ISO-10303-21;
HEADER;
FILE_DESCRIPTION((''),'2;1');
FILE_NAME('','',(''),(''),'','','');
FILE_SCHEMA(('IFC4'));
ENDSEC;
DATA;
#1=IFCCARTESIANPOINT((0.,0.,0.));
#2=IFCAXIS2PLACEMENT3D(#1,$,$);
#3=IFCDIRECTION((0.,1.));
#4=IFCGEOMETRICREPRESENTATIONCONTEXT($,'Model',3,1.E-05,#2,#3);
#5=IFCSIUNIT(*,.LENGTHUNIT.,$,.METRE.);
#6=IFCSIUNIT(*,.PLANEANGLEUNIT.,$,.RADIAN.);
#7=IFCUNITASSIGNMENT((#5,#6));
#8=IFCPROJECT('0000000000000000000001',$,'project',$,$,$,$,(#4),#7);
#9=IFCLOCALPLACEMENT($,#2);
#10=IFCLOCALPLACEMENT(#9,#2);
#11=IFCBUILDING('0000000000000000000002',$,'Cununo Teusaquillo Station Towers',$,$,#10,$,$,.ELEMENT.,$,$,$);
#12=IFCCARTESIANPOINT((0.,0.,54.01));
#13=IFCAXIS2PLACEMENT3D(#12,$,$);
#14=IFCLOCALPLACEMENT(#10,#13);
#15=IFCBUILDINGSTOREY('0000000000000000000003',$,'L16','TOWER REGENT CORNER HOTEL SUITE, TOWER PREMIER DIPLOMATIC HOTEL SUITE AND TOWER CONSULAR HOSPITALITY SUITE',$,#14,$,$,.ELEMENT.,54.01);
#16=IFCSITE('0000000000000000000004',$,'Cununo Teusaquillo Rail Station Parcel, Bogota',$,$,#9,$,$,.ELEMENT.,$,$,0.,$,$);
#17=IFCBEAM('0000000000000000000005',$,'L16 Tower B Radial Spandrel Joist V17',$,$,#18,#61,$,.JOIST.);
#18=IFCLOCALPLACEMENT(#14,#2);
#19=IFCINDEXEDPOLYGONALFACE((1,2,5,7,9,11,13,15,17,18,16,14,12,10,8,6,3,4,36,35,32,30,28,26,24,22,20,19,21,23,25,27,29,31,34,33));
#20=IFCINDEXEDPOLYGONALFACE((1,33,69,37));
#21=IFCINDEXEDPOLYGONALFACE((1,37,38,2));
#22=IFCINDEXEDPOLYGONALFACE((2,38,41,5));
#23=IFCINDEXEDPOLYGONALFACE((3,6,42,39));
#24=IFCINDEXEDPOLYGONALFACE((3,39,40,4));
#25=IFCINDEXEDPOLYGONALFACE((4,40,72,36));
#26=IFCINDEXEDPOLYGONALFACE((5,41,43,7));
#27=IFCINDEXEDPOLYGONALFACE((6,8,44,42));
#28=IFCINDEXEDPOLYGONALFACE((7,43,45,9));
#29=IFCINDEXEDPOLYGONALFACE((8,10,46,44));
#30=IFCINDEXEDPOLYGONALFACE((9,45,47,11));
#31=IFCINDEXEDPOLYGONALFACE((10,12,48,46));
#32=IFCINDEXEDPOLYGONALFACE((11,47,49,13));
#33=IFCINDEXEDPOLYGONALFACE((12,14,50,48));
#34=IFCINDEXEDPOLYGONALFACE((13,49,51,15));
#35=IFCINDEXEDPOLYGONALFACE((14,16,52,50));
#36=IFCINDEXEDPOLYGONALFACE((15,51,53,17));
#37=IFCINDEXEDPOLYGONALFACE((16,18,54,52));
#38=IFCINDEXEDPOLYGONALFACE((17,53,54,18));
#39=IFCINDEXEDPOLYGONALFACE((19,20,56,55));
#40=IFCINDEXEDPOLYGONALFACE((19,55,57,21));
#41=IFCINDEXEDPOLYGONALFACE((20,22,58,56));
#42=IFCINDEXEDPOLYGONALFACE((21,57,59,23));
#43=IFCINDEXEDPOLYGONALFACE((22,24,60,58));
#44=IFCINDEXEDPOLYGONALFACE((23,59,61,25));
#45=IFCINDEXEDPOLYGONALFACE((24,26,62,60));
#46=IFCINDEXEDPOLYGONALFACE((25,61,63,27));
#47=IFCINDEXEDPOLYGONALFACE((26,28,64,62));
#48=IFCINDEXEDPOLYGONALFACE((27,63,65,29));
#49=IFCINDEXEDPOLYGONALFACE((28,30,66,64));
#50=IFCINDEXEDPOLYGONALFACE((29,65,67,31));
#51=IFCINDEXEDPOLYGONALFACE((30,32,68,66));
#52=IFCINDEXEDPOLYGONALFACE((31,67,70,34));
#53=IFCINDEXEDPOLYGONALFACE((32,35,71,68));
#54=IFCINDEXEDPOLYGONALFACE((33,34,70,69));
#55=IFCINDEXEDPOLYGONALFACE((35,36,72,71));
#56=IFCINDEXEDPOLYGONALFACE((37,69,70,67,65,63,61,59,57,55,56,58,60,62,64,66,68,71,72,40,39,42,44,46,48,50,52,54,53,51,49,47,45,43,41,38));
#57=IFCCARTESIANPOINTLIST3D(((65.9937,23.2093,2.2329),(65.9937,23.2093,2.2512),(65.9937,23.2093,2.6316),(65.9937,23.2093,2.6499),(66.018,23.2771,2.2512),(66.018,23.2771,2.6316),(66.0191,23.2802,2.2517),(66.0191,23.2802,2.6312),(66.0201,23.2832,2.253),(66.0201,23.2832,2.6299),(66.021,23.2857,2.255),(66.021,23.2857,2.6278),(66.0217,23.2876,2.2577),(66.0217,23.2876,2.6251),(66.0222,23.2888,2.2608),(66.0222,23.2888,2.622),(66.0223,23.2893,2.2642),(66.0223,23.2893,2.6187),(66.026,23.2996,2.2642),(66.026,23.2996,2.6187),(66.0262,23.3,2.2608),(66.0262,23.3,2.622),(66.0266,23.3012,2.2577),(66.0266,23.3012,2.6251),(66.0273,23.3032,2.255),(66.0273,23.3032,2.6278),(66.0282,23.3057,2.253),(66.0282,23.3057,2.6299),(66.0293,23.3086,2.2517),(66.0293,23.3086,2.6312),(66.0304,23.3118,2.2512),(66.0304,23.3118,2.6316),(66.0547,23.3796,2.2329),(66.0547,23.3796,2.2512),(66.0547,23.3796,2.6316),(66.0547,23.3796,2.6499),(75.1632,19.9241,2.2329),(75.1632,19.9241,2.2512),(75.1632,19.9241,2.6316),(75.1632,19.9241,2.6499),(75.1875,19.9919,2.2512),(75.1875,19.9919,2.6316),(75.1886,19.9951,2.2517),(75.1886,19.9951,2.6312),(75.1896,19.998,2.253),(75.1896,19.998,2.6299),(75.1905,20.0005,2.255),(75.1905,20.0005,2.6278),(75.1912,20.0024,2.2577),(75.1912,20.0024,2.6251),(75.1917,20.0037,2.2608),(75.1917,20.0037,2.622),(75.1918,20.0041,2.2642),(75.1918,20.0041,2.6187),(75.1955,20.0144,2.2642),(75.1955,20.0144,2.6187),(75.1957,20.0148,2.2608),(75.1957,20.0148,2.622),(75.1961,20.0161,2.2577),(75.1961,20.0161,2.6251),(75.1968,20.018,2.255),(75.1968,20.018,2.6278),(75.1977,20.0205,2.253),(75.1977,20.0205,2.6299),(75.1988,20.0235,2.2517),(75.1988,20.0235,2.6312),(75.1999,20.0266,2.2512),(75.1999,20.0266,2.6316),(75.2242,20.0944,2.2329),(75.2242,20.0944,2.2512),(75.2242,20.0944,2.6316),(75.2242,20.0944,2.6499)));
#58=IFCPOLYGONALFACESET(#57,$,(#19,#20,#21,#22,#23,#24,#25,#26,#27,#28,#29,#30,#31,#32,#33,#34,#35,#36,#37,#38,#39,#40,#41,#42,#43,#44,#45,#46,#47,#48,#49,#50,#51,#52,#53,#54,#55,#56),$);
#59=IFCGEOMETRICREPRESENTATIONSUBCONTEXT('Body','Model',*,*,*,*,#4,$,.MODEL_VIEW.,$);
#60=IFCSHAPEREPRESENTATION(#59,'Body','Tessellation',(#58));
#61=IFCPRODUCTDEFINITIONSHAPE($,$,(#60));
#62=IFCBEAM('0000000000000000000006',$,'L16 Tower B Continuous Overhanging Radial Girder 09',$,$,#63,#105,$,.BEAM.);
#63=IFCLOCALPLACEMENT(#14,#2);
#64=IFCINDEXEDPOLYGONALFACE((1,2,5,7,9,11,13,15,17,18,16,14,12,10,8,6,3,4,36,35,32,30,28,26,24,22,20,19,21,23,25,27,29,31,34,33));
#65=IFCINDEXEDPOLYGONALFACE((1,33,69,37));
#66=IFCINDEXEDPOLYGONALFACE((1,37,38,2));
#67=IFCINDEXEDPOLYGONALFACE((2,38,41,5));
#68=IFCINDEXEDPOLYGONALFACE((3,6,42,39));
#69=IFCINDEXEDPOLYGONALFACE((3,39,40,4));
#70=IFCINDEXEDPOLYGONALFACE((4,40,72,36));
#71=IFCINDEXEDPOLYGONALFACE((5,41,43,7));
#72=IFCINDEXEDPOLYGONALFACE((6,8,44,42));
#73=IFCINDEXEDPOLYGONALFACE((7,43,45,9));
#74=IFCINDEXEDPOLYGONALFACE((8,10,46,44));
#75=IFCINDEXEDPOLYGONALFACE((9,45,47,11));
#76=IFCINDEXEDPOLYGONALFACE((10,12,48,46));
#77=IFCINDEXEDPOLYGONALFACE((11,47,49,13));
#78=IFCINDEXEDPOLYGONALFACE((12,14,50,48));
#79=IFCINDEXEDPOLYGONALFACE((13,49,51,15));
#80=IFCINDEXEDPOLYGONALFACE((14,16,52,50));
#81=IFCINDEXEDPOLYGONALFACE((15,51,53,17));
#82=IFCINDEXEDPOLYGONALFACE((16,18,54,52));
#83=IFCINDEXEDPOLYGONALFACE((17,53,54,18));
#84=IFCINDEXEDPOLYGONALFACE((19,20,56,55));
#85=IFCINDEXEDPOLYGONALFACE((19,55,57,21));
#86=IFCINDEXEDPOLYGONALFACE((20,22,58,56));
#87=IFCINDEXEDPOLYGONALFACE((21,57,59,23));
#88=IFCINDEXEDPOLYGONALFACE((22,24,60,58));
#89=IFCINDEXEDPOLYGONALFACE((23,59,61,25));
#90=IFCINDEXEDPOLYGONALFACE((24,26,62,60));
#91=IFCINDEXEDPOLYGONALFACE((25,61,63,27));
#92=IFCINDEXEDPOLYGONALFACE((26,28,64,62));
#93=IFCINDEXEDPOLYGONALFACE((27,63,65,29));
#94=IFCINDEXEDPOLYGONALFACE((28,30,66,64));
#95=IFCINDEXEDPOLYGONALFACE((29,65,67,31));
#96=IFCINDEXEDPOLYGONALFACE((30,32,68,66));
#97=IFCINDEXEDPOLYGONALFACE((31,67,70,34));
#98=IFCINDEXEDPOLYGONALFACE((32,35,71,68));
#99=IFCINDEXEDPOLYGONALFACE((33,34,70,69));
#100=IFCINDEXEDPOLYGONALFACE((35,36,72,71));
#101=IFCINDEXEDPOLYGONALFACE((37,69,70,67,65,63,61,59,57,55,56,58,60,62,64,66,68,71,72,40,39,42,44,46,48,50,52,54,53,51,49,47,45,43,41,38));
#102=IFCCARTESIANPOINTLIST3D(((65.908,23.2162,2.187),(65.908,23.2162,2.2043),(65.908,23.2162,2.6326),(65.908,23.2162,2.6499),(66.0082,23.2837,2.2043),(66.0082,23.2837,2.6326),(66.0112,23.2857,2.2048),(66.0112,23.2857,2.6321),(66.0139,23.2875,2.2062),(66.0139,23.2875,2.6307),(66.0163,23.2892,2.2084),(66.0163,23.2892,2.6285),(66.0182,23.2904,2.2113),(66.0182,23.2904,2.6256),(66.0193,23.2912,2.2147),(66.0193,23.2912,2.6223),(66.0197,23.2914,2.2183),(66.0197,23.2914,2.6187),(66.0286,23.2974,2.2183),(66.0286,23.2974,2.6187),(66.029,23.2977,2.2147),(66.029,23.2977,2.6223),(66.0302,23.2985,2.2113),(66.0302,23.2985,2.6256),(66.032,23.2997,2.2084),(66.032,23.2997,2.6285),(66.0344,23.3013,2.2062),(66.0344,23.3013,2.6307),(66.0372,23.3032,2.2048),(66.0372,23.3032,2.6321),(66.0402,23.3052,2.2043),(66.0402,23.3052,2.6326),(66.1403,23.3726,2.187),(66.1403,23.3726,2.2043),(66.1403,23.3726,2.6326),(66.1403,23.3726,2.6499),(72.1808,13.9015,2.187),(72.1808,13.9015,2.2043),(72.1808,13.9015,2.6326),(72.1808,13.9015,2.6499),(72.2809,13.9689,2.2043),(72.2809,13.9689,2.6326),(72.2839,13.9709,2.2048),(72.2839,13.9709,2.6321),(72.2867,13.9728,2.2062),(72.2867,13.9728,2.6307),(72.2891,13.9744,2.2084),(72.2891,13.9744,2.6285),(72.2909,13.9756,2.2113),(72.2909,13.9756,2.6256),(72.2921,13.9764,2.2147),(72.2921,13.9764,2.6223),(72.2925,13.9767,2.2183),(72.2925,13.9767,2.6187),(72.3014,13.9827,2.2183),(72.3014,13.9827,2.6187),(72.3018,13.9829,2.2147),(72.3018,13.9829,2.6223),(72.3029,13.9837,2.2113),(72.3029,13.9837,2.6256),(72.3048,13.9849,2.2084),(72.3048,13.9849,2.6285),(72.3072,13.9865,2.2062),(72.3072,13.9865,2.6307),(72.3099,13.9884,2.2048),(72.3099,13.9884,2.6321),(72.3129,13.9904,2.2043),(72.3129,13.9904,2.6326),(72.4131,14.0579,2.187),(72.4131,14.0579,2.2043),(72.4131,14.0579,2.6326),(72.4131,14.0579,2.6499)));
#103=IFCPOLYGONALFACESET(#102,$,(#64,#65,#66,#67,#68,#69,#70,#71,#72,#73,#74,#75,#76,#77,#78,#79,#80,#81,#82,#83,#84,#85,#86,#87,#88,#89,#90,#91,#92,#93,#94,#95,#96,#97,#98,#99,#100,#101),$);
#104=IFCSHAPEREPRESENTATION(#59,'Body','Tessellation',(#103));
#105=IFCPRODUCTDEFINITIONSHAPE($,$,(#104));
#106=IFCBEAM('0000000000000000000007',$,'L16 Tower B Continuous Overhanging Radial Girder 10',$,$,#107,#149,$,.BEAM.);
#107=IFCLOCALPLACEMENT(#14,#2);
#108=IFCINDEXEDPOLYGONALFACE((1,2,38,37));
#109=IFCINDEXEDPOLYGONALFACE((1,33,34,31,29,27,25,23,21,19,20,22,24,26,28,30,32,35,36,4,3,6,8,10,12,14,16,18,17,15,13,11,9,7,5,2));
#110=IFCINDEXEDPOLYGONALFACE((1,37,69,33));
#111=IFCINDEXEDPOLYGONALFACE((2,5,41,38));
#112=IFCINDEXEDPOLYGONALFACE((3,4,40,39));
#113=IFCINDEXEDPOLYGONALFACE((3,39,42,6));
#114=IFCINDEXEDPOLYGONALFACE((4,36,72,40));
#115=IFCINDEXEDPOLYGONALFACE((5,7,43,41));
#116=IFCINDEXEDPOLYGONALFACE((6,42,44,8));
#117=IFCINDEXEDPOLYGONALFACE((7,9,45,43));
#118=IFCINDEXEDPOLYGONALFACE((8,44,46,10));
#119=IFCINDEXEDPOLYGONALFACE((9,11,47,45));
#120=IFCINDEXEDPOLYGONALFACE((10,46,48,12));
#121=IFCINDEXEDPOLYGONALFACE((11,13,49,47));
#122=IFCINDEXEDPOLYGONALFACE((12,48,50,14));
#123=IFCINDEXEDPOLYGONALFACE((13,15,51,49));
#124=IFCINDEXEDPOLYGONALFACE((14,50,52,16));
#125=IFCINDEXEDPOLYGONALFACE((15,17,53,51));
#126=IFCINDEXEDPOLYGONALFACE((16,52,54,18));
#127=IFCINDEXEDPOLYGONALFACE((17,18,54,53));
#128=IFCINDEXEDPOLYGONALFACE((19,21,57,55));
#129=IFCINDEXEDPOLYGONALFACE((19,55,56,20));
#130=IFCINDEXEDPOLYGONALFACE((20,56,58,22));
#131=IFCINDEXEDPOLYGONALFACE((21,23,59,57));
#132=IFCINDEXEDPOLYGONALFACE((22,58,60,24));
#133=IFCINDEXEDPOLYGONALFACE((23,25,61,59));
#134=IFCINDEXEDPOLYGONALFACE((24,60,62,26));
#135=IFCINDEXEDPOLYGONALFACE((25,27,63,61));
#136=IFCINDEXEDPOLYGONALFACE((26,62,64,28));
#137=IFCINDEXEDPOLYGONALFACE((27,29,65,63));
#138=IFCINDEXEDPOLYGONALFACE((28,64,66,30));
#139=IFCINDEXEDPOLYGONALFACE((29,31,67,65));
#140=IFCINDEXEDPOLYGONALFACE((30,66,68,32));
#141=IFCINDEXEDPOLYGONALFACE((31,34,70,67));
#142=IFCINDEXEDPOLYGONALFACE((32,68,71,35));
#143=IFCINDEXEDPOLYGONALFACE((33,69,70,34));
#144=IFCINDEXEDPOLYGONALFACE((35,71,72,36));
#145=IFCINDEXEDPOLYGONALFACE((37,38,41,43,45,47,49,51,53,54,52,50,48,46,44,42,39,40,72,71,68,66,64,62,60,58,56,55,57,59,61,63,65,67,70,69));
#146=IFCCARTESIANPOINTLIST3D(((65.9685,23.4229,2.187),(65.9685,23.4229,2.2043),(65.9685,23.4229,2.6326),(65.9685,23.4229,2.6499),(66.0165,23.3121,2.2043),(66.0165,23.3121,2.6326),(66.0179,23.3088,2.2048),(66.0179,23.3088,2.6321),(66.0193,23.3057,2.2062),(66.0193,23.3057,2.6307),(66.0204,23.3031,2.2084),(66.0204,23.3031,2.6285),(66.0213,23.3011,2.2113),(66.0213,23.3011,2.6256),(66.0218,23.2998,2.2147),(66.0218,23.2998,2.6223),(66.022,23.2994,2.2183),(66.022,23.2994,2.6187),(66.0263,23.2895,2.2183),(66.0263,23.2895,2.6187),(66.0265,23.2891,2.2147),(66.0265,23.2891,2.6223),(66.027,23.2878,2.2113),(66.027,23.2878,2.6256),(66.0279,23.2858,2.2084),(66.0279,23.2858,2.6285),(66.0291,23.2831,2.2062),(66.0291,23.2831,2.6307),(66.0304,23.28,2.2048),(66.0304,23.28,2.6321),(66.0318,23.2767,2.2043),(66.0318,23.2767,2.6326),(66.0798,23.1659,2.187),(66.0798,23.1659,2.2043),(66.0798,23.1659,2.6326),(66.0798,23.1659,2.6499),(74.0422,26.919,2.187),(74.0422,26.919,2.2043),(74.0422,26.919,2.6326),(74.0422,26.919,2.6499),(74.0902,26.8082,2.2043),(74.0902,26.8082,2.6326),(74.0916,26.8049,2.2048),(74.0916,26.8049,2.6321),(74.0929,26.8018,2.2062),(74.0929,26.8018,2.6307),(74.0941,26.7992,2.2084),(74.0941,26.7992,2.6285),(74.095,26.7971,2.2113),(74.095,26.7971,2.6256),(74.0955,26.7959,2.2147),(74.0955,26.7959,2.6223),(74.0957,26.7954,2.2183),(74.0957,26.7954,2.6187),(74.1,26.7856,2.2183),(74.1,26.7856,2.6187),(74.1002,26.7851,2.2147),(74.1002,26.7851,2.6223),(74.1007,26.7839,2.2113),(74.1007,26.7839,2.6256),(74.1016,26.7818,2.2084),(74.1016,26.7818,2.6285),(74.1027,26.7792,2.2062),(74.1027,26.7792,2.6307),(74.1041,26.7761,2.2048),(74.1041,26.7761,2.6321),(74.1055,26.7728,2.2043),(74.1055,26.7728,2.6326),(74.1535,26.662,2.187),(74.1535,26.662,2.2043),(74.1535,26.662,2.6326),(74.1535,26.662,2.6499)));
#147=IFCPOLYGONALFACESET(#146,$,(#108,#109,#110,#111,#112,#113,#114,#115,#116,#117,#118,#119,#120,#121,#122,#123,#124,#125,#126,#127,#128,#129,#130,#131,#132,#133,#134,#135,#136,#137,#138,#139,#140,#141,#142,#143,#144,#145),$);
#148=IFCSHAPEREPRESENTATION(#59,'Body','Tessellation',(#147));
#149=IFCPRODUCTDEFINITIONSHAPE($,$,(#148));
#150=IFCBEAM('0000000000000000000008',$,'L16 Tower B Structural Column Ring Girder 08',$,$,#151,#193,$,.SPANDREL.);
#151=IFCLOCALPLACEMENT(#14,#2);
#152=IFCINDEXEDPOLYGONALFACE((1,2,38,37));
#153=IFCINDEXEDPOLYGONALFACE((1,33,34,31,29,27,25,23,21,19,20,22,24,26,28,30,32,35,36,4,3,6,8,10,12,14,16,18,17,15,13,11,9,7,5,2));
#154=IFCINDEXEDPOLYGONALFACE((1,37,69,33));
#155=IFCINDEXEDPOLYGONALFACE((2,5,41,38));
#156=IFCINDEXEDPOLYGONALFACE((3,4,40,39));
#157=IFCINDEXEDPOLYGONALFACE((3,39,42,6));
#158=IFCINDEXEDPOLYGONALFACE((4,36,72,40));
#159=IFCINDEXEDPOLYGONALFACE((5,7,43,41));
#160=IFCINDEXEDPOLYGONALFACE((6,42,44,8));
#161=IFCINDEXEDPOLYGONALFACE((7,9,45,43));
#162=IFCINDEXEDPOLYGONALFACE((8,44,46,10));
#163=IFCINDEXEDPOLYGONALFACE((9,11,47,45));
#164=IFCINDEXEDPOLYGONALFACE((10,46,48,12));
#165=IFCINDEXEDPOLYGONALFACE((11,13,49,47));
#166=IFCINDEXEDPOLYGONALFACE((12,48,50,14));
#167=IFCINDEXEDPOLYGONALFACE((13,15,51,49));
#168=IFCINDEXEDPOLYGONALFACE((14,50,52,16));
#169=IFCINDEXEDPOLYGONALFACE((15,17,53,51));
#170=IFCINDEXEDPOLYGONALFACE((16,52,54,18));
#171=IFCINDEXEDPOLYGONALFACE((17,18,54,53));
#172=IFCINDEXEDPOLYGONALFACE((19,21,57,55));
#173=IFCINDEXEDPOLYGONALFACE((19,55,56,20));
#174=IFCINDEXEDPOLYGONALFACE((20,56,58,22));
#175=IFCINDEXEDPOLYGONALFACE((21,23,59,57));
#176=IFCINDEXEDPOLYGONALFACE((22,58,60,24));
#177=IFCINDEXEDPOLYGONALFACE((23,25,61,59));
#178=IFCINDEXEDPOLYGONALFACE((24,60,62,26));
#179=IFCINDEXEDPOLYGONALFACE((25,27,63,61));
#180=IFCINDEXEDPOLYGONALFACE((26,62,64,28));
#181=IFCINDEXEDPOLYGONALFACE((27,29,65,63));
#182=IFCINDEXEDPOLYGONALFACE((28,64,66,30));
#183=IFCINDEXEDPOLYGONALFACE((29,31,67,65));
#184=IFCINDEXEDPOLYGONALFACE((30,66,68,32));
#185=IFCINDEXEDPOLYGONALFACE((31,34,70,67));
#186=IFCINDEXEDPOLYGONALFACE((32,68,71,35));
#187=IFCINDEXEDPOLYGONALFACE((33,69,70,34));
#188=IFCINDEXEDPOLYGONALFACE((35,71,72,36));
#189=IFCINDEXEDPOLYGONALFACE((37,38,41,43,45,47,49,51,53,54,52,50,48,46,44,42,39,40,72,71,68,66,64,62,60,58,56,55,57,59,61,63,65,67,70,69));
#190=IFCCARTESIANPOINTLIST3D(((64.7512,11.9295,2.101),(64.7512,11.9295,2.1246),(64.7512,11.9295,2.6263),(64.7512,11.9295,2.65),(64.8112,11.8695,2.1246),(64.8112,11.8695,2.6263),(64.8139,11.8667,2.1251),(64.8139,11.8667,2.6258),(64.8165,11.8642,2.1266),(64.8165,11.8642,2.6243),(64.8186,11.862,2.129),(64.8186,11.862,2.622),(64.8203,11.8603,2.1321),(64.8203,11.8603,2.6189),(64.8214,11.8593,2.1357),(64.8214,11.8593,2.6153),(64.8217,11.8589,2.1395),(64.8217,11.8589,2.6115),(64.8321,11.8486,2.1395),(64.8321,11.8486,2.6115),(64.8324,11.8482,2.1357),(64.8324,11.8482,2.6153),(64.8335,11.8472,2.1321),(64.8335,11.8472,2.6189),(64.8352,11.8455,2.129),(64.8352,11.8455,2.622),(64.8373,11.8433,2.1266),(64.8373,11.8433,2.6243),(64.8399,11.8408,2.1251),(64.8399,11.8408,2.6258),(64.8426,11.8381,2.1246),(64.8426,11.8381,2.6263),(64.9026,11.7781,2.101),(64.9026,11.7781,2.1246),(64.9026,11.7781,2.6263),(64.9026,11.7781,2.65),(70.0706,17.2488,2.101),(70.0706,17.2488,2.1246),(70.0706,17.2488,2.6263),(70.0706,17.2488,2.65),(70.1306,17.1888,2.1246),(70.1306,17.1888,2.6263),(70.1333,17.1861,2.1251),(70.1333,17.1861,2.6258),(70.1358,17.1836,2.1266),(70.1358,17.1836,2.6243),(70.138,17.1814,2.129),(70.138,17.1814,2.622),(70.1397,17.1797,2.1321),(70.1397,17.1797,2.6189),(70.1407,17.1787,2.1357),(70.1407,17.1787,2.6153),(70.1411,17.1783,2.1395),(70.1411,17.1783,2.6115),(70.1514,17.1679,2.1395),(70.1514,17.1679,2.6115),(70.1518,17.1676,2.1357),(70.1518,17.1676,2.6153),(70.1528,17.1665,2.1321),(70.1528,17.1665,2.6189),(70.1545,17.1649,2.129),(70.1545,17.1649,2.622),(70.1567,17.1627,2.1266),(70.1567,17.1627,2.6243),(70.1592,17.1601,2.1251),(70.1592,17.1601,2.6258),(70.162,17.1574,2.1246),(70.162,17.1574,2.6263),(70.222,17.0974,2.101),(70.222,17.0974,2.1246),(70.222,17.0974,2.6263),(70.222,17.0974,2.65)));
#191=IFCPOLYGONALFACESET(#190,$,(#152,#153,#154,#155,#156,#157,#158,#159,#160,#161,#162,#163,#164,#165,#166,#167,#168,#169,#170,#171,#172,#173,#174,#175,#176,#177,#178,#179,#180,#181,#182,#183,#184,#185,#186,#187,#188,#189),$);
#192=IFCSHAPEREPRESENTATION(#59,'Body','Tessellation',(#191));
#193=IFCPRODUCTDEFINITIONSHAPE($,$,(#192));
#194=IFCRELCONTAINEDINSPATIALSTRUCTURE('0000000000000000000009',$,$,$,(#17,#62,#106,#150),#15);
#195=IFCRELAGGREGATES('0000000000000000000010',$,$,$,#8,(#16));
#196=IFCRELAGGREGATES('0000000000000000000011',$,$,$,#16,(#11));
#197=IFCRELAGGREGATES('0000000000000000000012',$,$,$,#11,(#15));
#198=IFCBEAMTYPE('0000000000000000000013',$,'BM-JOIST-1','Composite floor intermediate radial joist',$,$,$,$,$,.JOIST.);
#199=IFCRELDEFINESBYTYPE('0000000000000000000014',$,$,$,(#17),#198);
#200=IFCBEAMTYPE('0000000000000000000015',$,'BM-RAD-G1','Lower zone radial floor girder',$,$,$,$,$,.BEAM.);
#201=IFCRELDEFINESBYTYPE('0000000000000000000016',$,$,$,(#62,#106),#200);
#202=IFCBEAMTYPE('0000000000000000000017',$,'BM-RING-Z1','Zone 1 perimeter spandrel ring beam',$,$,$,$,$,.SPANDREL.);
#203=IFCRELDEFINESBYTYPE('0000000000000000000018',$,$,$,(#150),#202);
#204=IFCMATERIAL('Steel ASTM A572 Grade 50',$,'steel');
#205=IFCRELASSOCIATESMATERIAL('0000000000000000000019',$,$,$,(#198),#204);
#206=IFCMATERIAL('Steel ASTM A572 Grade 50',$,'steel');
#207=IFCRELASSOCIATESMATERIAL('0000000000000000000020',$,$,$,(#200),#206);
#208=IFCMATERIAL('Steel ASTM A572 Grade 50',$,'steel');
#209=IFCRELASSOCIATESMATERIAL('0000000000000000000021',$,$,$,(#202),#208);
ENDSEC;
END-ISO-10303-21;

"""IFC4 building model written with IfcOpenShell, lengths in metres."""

from ifc_helpers import new_model, si_unit, direction, frame, origin, origin_2d, place, context, subcontext, project, spatial, i_section, extrude, material, material_profile, profile_set, type_object, element, save


model = new_model("IFC4")

# Units and contexts
model_context = context("Model", 3, precision=1e-05, world=origin(), true_north=direction((0.0, 1.0)))
body_context = subcontext(model_context, "Body", "Model", "MODEL_VIEW")
ifc_project = project(units=[si_unit("LENGTHUNIT", "METRE"), si_unit("PLANEANGLEUNIT", "RADIAN")], contexts=[model_context])

# Site, building, storey
site_placement = place(None, origin())
site = spatial("IfcSite", under=ifc_project, at=site_placement, Name="Cununo Teusaquillo Rail Station Parcel, Bogota", CompositionType="ELEMENT", RefElevation=0.0)
building_placement = place(site_placement, origin())
building = spatial("IfcBuilding", under=site, at=building_placement, Name="Cununo Teusaquillo Station Towers", CompositionType="ELEMENT")
storey_placement = place(building_placement, frame((0.0, 0.0, 54.01)))
storey = spatial("IfcBuildingStorey", under=building, at=storey_placement, Name="L16", Description="TOWER REGENT CORNER HOTEL SUITE, TOWER PREMIER DIPLOMATIC HOTEL SUITE AND TOWER CONSULAR HOSPITALITY SUITE", CompositionType="ELEMENT", Elevation=54.01)

# Beams
ifc_material_1 = material(Name="Steel ASTM A572 Grade 50", Category="steel")
ifc_material_profile_1 = material_profile(ifc_material_1, i_section(OverallWidth=0.1809, OverallDepth=0.417, WebThickness=0.011, FlangeThickness=0.0183, FilletRadius=0.0129, at=origin_2d()), Name="W16X57")
ifc_profile_set_1 = profile_set([ifc_material_profile_1], Name="Steel ASTM A572 Grade 50")
beam_type_1 = type_object("IfcBeamType", Name="BM-JOIST-1", Description="Composite floor intermediate radial joist", PredefinedType="JOIST", material=ifc_profile_set_1)
beam_1_placement = place(storey_placement, frame((66.0242, 23.2944, 2.4414), z_axis=(0.941405, -0.337279, 0.0), x_axis=(0.337279, 0.941405, 0.0)))
element("IfcBeam", 1, at=beam_1_placement, inside=storey, type_object=beam_type_1, Name="L16 Tower B Radial Spandrel Joist V17", PredefinedType="JOIST", context=body_context, shape_type="SweptSolid", body=[
    extrude(i_section(OverallWidth=0.1809, OverallDepth=0.417, WebThickness=0.011, FlangeThickness=0.0183, FilletRadius=0.0129, at=origin_2d()), origin(), (0.0, 0.0, 1.0), 9.7402),
])
ifc_material_2 = material(Name="Steel ASTM A572 Grade 50", Category="steel")
ifc_material_profile_2 = material_profile(ifc_material_2, i_section(OverallWidth=0.28, OverallDepth=0.4629, WebThickness=0.0107, FlangeThickness=0.0173, FilletRadius=0.0139, at=origin_2d()), Name="W18X76")
ifc_profile_set_2 = profile_set([ifc_material_profile_2], Name="Steel ASTM A572 Grade 50")
beam_type_2 = type_object("IfcBeamType", Name="BM-RAD-G1", Description="Lower zone radial floor girder", PredefinedType="BEAM", material=ifc_profile_set_2)
beam_2_placement = place(storey_placement, frame((66.0242, 23.2944, 2.4185), z_axis=(0.558572, -0.829456, 0.0), x_axis=(0.829456, 0.558572, 0.0)))
element("IfcBeam", 2, at=beam_2_placement, inside=storey, type_object=beam_type_2, Name="L16 Tower B Continuous Overhanging Radial Girder 09", PredefinedType="BEAM", context=body_context, shape_type="SweptSolid", body=[
    extrude(i_section(OverallWidth=0.28, OverallDepth=0.4629, WebThickness=0.0107, FlangeThickness=0.0173, FilletRadius=0.0139, at=origin_2d()), origin(), (0.0, 0.0, 1.0), 11.23),
])
beam_3_placement = place(storey_placement, frame((66.0242, 23.2944, 2.4185), z_axis=(0.91766, 0.397366, 0.0), x_axis=(-0.397366, 0.91766, 0.0)))
element("IfcBeam", 3, at=beam_3_placement, inside=storey, type_object=beam_type_2, Name="L16 Tower B Continuous Overhanging Radial Girder 10", PredefinedType="BEAM", context=body_context, shape_type="SweptSolid", body=[
    extrude(i_section(OverallWidth=0.28, OverallDepth=0.4629, WebThickness=0.0107, FlangeThickness=0.0173, FilletRadius=0.0139, at=origin_2d()), origin(), (0.0, 0.0, 1.0), 8.7981),
])
ifc_material_3 = material(Name="Steel ASTM A572 Grade 50", Category="steel")
ifc_material_profile_3 = material_profile(ifc_material_3, i_section(OverallWidth=0.2141, OverallDepth=0.5491, WebThickness=0.0146, FlangeThickness=0.0237, FilletRadius=0.0149, at=origin_2d()), Name="W21X93")
ifc_profile_set_3 = profile_set([ifc_material_profile_3], Name="Steel ASTM A572 Grade 50")
beam_type_3 = type_object("IfcBeamType", Name="BM-RING-Z1", Description="Zone 1 perimeter spandrel ring beam", PredefinedType="SPANDREL", material=ifc_profile_set_3)
beam_4_placement = place(storey_placement, frame((64.8269, 11.8538, 2.3755), z_axis=(0.707107, 0.707107, 0.0), x_axis=(-0.707107, 0.707107, 0.0)))
element("IfcBeam", 4, at=beam_4_placement, inside=storey, type_object=beam_type_3, Name="L16 Tower B Structural Column Ring Girder 08", PredefinedType="SPANDREL", context=body_context, shape_type="SweptSolid", body=[
    extrude(i_section(OverallWidth=0.2141, OverallDepth=0.5491, WebThickness=0.0146, FlangeThickness=0.0237, FilletRadius=0.0149, at=origin_2d()), origin(), (0.0, 0.0, 1.0), 7.5227),
])

save(model, "model.ifc")
